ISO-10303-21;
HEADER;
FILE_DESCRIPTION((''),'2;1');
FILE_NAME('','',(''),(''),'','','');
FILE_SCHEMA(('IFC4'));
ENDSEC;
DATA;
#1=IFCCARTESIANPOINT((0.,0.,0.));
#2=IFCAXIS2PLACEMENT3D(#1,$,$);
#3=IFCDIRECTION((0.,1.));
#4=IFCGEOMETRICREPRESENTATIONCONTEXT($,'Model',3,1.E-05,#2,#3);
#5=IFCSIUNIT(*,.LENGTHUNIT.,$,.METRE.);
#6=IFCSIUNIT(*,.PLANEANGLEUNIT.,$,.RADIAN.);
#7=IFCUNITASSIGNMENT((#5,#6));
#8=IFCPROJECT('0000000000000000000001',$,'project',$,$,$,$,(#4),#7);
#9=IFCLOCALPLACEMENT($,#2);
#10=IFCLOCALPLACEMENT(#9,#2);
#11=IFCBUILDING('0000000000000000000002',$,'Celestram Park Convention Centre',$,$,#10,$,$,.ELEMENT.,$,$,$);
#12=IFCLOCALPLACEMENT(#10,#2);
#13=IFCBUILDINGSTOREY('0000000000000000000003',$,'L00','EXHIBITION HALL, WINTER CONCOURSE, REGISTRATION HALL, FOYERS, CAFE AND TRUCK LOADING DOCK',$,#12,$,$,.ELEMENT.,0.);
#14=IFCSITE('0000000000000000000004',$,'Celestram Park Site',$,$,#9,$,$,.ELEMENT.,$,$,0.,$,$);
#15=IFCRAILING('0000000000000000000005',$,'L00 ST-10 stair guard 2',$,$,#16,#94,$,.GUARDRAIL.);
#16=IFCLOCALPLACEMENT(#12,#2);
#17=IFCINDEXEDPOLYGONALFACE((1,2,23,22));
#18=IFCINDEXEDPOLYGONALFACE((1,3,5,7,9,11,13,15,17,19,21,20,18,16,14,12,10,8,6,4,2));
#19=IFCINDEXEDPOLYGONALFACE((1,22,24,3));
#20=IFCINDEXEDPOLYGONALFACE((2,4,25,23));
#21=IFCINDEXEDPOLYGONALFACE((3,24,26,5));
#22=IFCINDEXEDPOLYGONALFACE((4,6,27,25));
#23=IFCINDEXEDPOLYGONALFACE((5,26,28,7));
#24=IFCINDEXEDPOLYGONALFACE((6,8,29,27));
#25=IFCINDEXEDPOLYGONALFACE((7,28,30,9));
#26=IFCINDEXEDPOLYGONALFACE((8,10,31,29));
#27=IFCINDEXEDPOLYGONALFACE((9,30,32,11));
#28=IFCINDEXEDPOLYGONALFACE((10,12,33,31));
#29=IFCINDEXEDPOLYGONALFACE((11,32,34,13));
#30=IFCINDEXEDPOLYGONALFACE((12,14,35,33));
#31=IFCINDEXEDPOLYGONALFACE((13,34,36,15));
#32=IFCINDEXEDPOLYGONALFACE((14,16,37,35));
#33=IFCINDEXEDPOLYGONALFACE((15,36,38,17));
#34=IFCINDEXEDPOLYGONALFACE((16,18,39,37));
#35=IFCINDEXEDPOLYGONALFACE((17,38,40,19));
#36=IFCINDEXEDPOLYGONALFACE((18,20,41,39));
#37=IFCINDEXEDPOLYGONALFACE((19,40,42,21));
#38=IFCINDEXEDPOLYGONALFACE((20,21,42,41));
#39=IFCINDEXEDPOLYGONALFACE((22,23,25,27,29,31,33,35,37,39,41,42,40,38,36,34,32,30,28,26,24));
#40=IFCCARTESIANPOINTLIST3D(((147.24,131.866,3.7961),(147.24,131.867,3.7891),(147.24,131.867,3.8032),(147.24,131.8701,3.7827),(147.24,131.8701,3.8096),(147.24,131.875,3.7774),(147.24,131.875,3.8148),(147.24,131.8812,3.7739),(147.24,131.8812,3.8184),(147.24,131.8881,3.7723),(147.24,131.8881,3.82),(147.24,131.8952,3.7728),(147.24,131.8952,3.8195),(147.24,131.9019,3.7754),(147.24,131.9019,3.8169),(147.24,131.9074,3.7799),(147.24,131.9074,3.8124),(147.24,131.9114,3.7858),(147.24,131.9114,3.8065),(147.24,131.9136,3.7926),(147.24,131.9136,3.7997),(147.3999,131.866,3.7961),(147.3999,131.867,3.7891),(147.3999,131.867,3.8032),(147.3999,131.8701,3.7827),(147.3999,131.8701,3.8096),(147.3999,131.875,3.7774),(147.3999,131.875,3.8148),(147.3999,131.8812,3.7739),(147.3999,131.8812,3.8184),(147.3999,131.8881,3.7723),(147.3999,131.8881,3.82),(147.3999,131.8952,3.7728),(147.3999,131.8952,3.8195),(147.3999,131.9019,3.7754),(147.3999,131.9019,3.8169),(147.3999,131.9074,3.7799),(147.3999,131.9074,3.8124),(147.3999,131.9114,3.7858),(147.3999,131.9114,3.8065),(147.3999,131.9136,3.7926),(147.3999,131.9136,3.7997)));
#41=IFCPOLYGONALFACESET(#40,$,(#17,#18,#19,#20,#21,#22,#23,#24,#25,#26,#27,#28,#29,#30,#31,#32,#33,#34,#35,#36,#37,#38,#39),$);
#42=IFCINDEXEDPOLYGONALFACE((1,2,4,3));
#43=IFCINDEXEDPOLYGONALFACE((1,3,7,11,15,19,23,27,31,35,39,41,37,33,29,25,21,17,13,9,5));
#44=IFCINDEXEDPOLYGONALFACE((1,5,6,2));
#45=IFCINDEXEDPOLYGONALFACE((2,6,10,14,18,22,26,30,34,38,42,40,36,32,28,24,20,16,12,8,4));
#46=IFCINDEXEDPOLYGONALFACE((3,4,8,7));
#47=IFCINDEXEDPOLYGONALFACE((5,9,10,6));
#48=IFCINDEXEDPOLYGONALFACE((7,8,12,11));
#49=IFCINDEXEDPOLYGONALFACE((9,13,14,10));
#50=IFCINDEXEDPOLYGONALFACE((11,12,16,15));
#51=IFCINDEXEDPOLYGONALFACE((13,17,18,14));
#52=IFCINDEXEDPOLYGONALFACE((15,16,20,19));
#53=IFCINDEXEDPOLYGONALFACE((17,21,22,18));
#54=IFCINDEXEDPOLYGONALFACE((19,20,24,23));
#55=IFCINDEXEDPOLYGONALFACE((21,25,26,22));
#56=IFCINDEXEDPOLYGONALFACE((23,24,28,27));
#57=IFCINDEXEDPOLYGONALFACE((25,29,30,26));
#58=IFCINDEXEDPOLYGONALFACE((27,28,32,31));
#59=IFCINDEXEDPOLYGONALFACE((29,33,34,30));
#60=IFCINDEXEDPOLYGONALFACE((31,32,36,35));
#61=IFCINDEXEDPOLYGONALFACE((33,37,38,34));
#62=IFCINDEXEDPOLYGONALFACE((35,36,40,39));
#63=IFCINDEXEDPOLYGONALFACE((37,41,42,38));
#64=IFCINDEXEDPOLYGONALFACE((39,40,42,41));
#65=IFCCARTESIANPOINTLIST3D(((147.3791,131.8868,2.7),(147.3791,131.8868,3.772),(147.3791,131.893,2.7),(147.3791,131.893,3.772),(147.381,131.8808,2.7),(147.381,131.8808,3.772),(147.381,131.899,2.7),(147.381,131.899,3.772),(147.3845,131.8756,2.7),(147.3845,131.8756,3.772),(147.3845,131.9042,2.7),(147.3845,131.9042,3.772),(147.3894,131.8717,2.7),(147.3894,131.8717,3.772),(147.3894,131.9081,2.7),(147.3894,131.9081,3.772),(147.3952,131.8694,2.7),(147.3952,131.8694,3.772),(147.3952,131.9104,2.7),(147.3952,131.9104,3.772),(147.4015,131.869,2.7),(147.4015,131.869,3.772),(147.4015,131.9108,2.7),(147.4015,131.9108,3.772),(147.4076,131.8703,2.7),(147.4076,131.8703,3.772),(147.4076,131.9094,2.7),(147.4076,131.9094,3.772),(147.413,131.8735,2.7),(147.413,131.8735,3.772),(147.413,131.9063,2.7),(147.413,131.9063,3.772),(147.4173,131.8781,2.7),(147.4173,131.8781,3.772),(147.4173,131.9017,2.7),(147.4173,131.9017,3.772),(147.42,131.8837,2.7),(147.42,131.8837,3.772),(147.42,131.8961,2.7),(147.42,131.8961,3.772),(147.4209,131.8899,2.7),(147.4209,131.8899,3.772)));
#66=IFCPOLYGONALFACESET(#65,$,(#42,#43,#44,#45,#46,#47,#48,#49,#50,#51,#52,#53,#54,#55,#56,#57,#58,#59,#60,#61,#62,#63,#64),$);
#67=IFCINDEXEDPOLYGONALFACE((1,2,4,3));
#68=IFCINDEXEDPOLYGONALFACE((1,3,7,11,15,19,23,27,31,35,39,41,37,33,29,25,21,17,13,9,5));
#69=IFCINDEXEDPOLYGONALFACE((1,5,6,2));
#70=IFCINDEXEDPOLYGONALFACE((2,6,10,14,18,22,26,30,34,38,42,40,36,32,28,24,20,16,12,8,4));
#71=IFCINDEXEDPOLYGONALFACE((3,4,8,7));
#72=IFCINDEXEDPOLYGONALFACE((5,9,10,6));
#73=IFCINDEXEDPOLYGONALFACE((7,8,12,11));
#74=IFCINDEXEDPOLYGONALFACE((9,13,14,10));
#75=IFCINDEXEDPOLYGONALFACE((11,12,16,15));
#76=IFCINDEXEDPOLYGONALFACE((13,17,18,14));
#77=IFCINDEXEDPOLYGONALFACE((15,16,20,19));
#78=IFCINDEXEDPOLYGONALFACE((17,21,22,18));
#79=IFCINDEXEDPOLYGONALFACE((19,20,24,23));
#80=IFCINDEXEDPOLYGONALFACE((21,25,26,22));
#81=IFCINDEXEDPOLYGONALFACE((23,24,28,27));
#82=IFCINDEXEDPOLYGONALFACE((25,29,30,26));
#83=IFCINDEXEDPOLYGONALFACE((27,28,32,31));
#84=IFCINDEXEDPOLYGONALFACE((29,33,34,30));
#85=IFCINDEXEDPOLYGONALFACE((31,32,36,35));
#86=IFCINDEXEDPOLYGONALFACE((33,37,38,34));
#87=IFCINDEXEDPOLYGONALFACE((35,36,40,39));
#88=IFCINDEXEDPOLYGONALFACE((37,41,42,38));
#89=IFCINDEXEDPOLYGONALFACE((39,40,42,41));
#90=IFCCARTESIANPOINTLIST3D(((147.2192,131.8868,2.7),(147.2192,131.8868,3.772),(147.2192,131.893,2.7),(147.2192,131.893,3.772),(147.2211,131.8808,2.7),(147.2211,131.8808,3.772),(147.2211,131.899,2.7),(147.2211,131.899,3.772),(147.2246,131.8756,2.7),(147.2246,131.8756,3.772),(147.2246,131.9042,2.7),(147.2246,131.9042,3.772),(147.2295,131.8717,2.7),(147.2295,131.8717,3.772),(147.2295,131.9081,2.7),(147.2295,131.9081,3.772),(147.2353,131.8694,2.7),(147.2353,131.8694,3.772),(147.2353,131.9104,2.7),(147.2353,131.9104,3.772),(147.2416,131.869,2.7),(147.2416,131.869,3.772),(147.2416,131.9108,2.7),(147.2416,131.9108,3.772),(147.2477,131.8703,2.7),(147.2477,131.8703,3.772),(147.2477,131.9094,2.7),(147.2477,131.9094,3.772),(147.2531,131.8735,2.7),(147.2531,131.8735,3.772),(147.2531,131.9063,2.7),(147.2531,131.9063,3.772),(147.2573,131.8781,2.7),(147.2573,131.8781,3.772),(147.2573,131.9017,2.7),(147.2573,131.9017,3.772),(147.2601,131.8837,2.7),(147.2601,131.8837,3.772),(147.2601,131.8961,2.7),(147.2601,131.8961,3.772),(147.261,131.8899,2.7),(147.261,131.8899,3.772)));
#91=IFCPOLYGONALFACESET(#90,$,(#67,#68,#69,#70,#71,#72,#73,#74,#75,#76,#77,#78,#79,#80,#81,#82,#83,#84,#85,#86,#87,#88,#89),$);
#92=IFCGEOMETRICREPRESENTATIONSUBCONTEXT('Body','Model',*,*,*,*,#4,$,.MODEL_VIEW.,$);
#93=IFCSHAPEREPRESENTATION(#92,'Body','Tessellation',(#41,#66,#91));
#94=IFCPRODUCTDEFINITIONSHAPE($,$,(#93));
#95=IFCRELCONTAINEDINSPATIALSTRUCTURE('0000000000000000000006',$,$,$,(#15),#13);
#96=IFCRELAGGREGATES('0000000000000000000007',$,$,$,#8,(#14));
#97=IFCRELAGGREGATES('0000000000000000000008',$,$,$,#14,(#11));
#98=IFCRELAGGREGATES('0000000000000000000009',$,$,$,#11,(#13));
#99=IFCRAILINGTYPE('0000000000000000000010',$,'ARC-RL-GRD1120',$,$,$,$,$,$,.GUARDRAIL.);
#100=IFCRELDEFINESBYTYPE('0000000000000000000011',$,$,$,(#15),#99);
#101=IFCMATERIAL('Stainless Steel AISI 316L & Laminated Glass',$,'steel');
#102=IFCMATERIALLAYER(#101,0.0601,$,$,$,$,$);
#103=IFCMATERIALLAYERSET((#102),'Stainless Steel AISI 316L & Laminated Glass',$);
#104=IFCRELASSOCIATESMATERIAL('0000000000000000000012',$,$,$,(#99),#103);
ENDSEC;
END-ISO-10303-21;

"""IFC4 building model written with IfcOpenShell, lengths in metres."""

from ifc_helpers import new_model, si_unit, direction, frame, origin, origin_2d, place, context, subcontext, project, spatial, circle, extrude, material, layer, layer_set, type_object, element, save


model = new_model("IFC4")

# Units and contexts
model_context = context("Model", 3, precision=1e-05, world=origin(), true_north=direction((0.0, 1.0)))
body_context = subcontext(model_context, "Body", "Model", "MODEL_VIEW")
ifc_project = project(units=[si_unit("LENGTHUNIT", "METRE"), si_unit("PLANEANGLEUNIT", "RADIAN")], contexts=[model_context])

# Site, building, storey
site_placement = place(None, origin())
site = spatial("IfcSite", under=ifc_project, at=site_placement, Name="Celestram Park Site", CompositionType="ELEMENT", RefElevation=0.0)
building_placement = place(site_placement, origin())
building = spatial("IfcBuilding", under=site, at=building_placement, Name="Celestram Park Convention Centre", CompositionType="ELEMENT")
storey_placement = place(building_placement, origin())
storey = spatial("IfcBuildingStorey", under=building, at=storey_placement, Name="L00", Description="EXHIBITION HALL, WINTER CONCOURSE, REGISTRATION HALL, FOYERS, CAFE AND TRUCK LOADING DOCK", CompositionType="ELEMENT", Elevation=0.0)

# Railing
ifc_material_1 = material(Name="Stainless Steel AISI 316L & Laminated Glass", Category="steel")
ifc_layer_1 = layer(ifc_material_1, 0.0601)
ifc_layer_set_1 = layer_set([ifc_layer_1], Name="Stainless Steel AISI 316L & Laminated Glass")
railing_type_1 = type_object("IfcRailingType", Name="ARC-RL-GRD1120", PredefinedType="GUARDRAIL", material=ifc_layer_set_1)
railing_1_placement = place(storey_placement, frame((147.3999, 131.8899, 2.7)))
element("IfcRailing", 1, at=railing_1_placement, inside=storey, type_object=railing_type_1, Name="L00 ST-10 stair guard 2", PredefinedType="GUARDRAIL", context=body_context, shape_type="SweptSolid", body=[
    extrude(circle(Radius=0.0239, at=origin_2d()), frame((0.0, 0.0, 1.0962), z_axis=(-1.0, 0.0, 0.0), x_axis=(0.0, -1.0, 0.0)), (0.0, 0.0, 1.0), 0.1599),
    extrude(circle(Radius=0.021, at=origin_2d()), origin(), (0.0, 0.0, 1.0), 1.072),
    extrude(circle(Radius=0.021, at=origin_2d()), frame((-0.1599, 0.0, 0.0)), (0.0, 0.0, 1.0), 1.072),
])

save(model, "model.ifc")
